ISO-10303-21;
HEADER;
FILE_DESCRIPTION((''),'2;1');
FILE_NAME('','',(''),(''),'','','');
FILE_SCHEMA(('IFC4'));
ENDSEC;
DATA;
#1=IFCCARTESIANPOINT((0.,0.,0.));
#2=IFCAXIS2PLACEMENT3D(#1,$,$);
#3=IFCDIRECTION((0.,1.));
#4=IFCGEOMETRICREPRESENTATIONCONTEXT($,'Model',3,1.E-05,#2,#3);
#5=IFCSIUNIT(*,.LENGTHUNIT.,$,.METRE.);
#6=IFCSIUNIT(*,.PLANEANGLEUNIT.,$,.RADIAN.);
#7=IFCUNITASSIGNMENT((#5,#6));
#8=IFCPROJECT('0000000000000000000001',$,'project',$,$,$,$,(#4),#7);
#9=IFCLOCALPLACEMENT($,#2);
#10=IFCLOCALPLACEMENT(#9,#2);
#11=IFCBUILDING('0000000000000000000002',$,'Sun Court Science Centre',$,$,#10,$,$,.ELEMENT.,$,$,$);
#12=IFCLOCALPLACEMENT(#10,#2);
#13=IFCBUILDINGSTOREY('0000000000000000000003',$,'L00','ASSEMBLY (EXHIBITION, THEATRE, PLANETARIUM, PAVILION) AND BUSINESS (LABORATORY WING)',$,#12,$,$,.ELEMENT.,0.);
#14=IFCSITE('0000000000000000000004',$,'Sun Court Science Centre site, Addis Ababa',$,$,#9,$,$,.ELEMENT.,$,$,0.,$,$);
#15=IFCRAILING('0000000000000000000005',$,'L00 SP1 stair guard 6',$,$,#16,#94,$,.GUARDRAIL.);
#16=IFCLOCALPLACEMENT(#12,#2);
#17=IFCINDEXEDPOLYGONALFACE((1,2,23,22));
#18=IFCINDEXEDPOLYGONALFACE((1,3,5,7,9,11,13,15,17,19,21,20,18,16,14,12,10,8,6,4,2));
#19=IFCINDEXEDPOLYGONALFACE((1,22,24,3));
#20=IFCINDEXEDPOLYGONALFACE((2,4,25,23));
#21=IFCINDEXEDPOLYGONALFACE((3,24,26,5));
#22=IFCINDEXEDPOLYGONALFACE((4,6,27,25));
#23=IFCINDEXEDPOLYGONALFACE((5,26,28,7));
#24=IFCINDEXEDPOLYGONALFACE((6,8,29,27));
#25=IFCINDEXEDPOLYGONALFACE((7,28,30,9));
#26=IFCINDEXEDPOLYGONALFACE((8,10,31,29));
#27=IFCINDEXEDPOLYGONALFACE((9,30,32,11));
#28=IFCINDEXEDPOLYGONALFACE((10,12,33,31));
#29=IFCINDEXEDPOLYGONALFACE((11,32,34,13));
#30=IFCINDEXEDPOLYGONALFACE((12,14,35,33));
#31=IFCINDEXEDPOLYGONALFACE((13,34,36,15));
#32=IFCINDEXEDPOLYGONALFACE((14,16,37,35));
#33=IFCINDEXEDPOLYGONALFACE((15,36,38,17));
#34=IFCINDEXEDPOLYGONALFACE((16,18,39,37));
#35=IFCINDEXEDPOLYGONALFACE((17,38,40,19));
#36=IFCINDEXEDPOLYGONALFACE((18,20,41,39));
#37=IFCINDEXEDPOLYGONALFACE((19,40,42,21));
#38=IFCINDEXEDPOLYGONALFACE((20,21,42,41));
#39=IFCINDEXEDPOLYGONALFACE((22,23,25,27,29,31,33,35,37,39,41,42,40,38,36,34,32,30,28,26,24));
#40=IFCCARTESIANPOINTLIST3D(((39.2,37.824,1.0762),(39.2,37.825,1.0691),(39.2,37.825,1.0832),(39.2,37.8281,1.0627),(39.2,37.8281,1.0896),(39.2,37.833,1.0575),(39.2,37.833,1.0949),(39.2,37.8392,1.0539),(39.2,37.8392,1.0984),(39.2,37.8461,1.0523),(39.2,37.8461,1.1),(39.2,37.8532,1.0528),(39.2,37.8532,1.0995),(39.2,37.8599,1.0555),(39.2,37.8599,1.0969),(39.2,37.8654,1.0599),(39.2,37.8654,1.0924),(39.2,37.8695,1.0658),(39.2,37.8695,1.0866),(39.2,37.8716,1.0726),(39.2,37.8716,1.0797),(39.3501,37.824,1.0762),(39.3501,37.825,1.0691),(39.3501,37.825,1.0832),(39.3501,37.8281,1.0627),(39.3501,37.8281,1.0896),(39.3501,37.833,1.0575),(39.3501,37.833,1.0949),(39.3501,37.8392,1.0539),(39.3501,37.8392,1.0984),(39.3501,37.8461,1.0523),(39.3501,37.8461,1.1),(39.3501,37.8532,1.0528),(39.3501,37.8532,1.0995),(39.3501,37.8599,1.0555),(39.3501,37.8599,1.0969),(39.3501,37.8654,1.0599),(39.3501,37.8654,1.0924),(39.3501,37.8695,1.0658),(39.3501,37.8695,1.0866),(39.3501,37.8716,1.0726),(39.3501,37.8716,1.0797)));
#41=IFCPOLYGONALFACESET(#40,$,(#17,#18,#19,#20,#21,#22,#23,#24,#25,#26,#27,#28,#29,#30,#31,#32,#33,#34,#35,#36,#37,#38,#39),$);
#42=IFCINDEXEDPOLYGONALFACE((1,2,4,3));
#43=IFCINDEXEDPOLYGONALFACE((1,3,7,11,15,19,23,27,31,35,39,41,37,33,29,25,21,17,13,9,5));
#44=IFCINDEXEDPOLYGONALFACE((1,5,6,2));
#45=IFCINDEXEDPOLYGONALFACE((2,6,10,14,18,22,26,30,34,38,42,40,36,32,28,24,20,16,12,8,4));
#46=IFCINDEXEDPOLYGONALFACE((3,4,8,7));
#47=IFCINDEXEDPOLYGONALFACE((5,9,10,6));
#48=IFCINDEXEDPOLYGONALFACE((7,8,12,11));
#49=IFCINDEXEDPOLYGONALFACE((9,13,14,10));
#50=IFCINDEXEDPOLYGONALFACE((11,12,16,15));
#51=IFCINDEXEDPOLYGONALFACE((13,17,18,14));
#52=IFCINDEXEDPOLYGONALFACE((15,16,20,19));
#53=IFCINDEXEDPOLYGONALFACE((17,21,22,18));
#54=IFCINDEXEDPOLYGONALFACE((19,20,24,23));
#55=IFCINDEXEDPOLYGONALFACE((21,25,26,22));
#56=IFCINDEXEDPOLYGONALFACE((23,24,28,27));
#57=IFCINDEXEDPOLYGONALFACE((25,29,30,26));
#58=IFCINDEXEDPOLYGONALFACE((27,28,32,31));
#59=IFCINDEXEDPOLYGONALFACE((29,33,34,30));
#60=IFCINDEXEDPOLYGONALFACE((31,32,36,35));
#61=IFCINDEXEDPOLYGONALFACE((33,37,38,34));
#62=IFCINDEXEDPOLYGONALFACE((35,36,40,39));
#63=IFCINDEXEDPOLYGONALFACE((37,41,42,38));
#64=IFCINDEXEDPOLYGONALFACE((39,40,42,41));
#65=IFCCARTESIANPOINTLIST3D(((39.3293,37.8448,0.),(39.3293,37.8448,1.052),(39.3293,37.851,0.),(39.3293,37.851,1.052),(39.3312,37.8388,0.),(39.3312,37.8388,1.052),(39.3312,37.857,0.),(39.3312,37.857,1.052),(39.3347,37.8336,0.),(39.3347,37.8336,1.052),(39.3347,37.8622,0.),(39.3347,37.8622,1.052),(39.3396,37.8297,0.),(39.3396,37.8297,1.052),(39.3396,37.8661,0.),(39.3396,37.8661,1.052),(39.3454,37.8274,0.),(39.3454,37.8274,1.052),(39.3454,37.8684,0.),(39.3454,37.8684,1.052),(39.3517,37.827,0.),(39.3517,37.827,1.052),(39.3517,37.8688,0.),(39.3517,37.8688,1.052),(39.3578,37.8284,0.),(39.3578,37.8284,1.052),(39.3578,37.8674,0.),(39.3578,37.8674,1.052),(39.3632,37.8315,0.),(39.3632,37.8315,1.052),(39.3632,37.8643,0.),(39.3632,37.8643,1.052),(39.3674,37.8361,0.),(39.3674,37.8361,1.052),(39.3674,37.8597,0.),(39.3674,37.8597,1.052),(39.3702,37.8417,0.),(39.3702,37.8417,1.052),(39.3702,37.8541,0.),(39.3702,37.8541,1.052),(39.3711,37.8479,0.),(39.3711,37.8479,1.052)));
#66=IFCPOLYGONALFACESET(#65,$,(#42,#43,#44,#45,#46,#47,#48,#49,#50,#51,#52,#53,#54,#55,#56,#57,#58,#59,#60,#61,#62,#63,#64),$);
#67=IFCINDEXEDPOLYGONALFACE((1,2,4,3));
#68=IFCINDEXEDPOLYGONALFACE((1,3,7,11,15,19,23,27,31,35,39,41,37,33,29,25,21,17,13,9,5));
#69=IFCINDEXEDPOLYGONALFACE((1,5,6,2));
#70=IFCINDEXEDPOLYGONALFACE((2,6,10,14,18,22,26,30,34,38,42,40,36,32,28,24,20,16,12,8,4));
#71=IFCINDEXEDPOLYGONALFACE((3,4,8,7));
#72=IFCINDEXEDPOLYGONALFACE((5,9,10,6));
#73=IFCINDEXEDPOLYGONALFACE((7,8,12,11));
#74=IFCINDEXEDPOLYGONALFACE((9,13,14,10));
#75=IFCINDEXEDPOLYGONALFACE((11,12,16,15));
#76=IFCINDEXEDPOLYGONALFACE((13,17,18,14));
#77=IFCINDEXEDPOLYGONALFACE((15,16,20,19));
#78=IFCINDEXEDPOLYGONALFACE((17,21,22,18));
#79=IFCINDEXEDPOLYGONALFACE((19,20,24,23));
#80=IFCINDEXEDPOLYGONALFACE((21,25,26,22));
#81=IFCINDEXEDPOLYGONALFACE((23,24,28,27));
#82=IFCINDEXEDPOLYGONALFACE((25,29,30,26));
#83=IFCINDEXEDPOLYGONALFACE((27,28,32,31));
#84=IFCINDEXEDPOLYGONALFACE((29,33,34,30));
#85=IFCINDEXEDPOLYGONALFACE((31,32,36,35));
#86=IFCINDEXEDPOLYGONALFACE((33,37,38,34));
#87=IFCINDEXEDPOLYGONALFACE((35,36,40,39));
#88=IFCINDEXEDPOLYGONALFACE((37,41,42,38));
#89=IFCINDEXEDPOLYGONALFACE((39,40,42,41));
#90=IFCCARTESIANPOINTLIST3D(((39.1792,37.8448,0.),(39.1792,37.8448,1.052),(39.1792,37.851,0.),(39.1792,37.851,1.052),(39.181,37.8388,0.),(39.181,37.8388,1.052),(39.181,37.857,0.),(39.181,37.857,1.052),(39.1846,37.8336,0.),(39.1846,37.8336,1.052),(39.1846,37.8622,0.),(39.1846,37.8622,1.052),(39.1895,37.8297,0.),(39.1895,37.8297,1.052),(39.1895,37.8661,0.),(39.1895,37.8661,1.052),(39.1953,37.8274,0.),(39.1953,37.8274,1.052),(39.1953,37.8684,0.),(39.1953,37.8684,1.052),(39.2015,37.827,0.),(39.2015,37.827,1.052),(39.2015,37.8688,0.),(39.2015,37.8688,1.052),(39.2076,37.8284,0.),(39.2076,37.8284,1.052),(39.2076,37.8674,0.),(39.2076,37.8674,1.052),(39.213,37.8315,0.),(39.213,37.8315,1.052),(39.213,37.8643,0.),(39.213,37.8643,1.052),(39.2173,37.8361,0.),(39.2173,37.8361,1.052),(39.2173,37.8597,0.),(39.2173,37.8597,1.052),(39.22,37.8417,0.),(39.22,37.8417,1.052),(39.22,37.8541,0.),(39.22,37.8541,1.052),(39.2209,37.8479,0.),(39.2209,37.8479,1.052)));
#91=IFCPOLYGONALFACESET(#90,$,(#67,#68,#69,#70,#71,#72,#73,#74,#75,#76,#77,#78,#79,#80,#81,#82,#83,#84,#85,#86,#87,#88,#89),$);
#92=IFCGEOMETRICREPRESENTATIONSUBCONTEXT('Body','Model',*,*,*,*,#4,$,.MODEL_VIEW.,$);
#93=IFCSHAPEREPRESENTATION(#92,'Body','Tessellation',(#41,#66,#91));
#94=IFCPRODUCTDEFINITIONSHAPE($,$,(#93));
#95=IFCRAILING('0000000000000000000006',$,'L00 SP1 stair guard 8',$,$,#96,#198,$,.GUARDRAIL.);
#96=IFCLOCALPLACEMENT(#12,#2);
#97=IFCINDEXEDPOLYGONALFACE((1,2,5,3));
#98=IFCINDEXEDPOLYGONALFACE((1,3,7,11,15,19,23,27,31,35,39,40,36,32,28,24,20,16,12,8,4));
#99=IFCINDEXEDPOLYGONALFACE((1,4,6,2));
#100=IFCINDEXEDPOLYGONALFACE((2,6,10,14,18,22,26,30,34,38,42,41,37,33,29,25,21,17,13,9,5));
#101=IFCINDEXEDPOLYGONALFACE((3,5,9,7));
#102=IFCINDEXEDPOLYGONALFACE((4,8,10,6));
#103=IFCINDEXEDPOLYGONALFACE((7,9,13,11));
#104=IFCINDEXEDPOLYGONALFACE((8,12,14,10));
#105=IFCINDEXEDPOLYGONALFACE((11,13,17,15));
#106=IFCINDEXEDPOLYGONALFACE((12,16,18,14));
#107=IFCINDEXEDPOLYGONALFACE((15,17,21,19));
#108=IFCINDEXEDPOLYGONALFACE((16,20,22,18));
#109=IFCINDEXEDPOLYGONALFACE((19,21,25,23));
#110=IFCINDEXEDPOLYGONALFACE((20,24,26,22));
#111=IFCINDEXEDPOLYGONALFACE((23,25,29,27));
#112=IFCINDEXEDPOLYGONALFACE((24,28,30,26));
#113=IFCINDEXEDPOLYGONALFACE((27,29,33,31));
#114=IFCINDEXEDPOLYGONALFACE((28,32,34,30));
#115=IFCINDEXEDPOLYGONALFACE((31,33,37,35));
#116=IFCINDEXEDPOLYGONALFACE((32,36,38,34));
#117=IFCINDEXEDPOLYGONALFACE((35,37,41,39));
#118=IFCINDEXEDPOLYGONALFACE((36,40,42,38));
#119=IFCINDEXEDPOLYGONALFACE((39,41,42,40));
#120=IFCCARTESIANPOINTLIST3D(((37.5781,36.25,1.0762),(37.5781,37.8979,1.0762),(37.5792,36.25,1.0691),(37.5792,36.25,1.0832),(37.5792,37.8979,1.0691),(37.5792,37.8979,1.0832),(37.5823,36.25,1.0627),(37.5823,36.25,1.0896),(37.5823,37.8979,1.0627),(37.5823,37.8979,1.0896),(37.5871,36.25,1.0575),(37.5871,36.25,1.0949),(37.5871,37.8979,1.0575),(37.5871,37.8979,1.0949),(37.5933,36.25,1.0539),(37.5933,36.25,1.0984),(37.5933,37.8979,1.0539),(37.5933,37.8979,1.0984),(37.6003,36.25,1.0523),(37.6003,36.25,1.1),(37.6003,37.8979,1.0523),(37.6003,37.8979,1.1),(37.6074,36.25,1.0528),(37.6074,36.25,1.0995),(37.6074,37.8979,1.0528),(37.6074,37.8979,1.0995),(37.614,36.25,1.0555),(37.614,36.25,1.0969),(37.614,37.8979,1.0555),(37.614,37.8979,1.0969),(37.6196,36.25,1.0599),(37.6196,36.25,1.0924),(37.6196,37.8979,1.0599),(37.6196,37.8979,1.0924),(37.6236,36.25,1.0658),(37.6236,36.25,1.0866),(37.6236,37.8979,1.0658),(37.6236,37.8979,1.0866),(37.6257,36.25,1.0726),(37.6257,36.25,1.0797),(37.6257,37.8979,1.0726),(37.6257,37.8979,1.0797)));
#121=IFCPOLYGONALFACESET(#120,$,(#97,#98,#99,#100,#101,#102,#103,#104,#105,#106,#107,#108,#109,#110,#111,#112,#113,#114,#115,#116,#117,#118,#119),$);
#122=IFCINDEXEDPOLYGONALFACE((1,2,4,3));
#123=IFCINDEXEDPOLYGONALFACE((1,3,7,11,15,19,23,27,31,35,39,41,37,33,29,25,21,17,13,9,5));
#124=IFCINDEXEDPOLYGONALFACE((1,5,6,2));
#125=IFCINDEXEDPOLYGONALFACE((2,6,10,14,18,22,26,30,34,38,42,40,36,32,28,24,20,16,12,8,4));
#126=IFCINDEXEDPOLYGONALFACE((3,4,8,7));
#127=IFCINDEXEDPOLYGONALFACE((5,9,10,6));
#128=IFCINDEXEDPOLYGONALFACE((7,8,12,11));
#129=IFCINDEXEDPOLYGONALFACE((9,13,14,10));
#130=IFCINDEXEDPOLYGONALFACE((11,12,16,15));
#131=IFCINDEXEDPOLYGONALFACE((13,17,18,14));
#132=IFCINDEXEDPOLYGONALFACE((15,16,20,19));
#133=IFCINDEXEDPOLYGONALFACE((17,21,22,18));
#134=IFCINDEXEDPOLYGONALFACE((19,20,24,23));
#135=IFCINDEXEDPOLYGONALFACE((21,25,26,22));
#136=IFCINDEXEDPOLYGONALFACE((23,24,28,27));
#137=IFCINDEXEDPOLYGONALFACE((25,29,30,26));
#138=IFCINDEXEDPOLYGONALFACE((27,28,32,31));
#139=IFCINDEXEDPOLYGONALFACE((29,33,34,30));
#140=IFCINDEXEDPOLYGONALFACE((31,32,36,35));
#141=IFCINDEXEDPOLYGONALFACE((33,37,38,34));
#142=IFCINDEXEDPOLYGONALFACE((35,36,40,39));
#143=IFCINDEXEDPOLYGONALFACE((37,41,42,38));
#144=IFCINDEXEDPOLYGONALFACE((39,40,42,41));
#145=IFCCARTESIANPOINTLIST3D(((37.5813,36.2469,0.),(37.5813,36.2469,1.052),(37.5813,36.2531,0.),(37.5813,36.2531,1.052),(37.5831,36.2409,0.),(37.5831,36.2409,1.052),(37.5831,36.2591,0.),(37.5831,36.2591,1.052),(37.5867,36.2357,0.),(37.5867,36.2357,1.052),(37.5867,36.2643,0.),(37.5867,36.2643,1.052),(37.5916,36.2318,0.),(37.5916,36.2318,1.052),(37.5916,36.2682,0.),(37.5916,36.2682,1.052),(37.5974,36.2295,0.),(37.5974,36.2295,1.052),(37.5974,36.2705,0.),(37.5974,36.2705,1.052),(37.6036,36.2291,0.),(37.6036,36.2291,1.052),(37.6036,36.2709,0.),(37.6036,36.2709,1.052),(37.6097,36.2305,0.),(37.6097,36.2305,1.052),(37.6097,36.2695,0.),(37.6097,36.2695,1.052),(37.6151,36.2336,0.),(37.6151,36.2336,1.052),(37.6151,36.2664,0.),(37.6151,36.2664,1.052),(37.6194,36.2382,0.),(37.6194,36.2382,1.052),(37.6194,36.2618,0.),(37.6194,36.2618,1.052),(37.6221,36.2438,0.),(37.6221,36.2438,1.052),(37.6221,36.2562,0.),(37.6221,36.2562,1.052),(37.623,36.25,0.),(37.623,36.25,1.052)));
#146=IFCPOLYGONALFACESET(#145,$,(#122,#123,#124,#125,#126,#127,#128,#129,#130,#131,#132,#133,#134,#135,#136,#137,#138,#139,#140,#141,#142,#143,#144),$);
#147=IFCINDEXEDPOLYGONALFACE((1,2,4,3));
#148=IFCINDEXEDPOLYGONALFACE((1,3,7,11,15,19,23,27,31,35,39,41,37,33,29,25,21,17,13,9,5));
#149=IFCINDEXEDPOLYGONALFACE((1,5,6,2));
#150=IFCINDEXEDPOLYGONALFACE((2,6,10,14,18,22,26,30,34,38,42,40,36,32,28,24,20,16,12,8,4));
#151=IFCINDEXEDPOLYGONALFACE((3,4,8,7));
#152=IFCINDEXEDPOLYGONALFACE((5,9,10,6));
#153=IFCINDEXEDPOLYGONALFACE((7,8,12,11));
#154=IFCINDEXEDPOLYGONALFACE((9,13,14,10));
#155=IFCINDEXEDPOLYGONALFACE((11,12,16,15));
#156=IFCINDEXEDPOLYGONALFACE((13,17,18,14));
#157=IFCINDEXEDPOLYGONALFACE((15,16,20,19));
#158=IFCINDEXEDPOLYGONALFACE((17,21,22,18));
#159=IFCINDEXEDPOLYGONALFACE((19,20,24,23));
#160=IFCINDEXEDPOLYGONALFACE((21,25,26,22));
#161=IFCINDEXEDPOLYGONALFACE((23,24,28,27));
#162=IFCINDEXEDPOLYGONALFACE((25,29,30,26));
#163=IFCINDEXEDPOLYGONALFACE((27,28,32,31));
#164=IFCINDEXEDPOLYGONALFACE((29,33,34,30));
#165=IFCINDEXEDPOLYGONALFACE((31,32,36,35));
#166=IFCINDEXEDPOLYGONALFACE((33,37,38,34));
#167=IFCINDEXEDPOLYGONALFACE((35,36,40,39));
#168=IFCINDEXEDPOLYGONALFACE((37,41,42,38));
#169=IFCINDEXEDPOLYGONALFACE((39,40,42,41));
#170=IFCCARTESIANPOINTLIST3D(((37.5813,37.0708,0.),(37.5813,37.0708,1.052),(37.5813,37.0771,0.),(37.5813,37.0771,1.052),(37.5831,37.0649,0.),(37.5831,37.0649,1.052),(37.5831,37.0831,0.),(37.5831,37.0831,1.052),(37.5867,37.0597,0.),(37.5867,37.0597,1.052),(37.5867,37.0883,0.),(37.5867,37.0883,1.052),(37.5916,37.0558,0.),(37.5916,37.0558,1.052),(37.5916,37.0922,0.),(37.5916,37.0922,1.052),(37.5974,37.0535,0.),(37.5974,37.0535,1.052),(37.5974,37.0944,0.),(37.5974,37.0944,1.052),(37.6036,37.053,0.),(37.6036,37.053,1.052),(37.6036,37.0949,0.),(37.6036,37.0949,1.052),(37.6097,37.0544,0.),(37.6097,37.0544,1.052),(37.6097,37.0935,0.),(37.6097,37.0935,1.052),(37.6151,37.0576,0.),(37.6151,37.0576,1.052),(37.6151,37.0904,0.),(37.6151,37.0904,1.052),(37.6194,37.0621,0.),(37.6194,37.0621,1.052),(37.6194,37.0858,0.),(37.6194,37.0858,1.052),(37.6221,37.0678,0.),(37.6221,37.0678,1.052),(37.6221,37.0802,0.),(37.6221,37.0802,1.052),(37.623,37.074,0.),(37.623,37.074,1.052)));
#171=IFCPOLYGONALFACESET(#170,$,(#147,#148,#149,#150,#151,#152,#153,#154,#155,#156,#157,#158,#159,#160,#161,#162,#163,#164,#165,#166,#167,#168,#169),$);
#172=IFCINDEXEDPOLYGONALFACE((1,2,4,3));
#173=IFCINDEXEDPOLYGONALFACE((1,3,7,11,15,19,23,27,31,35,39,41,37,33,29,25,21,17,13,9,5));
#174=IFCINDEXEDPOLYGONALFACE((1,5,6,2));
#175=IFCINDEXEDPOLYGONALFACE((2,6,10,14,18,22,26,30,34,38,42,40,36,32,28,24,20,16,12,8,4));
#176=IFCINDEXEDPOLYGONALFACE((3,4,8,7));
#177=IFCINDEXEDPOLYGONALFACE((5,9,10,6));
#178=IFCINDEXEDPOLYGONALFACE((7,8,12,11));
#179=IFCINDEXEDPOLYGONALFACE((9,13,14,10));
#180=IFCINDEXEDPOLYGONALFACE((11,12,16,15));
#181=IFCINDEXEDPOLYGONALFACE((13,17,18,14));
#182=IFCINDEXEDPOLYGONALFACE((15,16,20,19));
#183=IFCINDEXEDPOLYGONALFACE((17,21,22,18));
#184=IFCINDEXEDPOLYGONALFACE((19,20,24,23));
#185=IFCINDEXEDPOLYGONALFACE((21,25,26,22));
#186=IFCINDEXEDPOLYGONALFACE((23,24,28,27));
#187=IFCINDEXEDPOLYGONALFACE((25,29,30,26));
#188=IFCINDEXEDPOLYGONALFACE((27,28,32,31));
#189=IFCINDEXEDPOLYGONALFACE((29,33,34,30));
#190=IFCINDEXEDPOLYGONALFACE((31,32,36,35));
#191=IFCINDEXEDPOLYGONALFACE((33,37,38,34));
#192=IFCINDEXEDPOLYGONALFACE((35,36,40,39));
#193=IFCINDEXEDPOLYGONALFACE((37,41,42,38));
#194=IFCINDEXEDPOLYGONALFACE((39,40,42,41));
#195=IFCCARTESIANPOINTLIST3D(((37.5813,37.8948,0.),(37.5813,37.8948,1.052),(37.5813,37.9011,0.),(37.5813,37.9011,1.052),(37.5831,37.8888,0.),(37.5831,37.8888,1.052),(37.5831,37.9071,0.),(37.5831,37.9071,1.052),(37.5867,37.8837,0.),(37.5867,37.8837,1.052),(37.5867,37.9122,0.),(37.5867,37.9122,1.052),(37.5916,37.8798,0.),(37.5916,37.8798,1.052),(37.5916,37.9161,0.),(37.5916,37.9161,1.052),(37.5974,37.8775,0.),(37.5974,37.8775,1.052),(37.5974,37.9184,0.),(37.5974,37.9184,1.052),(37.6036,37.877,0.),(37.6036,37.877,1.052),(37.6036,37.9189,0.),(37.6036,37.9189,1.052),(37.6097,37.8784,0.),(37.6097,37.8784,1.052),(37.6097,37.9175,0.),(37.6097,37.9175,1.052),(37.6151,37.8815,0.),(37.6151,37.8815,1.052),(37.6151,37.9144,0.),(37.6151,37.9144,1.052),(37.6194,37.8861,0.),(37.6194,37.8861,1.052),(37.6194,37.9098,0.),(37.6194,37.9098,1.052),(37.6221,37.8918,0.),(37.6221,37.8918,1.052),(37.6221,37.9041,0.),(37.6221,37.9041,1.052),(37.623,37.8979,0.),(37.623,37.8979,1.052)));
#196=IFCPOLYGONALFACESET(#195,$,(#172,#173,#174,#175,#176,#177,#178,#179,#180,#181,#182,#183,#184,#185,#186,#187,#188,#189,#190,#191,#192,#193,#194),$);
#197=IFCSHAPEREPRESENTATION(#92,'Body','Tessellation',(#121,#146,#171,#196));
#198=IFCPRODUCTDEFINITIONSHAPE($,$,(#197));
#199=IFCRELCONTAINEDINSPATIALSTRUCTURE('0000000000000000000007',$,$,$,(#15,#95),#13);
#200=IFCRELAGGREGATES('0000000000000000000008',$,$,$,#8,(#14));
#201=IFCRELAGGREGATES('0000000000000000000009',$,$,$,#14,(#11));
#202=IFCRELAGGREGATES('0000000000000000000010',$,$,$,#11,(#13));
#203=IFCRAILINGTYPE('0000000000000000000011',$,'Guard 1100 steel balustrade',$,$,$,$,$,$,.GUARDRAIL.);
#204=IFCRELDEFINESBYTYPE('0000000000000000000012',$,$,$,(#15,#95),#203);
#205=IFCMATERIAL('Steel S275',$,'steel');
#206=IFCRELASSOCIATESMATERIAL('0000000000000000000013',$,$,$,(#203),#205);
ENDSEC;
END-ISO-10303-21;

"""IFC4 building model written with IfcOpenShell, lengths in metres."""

from ifc_helpers import new_model, si_unit, direction, frame, origin, origin_2d, place, context, subcontext, project, spatial, circle, extrude, material, type_object, element, save


model = new_model("IFC4")

# Units and contexts
model_context = context("Model", 3, precision=1e-05, world=origin(), true_north=direction((0.0, 1.0)))
body_context = subcontext(model_context, "Body", "Model", "MODEL_VIEW")
ifc_project = project(units=[si_unit("LENGTHUNIT", "METRE"), si_unit("PLANEANGLEUNIT", "RADIAN")], contexts=[model_context])

# Site, building, storey
site_placement = place(None, origin())
site = spatial("IfcSite", under=ifc_project, at=site_placement, Name="Sun Court Science Centre site, Addis Ababa", CompositionType="ELEMENT", RefElevation=0.0)
building_placement = place(site_placement, origin())
building = spatial("IfcBuilding", under=site, at=building_placement, Name="Sun Court Science Centre", CompositionType="ELEMENT")
storey_placement = place(building_placement, origin())
storey = spatial("IfcBuildingStorey", under=building, at=storey_placement, Name="L00", Description="ASSEMBLY (EXHIBITION, THEATRE, PLANETARIUM, PAVILION) AND BUSINESS (LABORATORY WING)", CompositionType="ELEMENT", Elevation=0.0)

# Railings
ifc_material_1 = material(Name="Steel S275", Category="steel")
railing_type = type_object("IfcRailingType", Name="Guard 1100 steel balustrade", PredefinedType="GUARDRAIL", material=ifc_material_1)
railing_1_placement = place(storey_placement, frame((39.3501, 37.8479, 0.0)))
element("IfcRailing", 1, at=railing_1_placement, inside=storey, type_object=railing_type, Name="L00 SP1 stair guard 6", PredefinedType="GUARDRAIL", context=body_context, shape_type="SweptSolid", body=[
    extrude(circle(Radius=0.0239, at=origin_2d()), frame((0.0, 0.0, 1.0762), z_axis=(-1.0, 0.0, 0.0), x_axis=(0.0, -1.0, 0.0)), (0.0, 0.0, 1.0), 0.1501),
    extrude(circle(Radius=0.021, at=origin_2d()), origin(), (0.0, 0.0, 1.0), 1.052),
    extrude(circle(Radius=0.021, at=origin_2d()), frame((-0.1501, 0.0, 0.0)), (0.0, 0.0, 1.0), 1.052),
])
railing_2_placement = place(storey_placement, frame((37.6021, 36.25, 0.0)))
element("IfcRailing", 2, at=railing_2_placement, inside=storey, type_object=railing_type, Name="L00 SP1 stair guard 8", PredefinedType="GUARDRAIL", context=body_context, shape_type="SweptSolid", body=[
    extrude(circle(Radius=0.0239, at=origin_2d()), frame((0.0, 0.0, 1.0762), z_axis=(0.0, 1.0, 0.0), x_axis=(-1.0, 0.0, 0.0)), (0.0, 0.0, 1.0), 1.6479),
    extrude(circle(Radius=0.021, at=origin_2d()), origin(), (0.0, 0.0, 1.0), 1.052),
    extrude(circle(Radius=0.021, at=origin_2d()), frame((0.0, 0.824, 0.0)), (0.0, 0.0, 1.0), 1.052),
    extrude(circle(Radius=0.021, at=origin_2d()), frame((0.0, 1.6479, 0.0)), (0.0, 0.0, 1.0), 1.052),
])

save(model, "model.ifc")
